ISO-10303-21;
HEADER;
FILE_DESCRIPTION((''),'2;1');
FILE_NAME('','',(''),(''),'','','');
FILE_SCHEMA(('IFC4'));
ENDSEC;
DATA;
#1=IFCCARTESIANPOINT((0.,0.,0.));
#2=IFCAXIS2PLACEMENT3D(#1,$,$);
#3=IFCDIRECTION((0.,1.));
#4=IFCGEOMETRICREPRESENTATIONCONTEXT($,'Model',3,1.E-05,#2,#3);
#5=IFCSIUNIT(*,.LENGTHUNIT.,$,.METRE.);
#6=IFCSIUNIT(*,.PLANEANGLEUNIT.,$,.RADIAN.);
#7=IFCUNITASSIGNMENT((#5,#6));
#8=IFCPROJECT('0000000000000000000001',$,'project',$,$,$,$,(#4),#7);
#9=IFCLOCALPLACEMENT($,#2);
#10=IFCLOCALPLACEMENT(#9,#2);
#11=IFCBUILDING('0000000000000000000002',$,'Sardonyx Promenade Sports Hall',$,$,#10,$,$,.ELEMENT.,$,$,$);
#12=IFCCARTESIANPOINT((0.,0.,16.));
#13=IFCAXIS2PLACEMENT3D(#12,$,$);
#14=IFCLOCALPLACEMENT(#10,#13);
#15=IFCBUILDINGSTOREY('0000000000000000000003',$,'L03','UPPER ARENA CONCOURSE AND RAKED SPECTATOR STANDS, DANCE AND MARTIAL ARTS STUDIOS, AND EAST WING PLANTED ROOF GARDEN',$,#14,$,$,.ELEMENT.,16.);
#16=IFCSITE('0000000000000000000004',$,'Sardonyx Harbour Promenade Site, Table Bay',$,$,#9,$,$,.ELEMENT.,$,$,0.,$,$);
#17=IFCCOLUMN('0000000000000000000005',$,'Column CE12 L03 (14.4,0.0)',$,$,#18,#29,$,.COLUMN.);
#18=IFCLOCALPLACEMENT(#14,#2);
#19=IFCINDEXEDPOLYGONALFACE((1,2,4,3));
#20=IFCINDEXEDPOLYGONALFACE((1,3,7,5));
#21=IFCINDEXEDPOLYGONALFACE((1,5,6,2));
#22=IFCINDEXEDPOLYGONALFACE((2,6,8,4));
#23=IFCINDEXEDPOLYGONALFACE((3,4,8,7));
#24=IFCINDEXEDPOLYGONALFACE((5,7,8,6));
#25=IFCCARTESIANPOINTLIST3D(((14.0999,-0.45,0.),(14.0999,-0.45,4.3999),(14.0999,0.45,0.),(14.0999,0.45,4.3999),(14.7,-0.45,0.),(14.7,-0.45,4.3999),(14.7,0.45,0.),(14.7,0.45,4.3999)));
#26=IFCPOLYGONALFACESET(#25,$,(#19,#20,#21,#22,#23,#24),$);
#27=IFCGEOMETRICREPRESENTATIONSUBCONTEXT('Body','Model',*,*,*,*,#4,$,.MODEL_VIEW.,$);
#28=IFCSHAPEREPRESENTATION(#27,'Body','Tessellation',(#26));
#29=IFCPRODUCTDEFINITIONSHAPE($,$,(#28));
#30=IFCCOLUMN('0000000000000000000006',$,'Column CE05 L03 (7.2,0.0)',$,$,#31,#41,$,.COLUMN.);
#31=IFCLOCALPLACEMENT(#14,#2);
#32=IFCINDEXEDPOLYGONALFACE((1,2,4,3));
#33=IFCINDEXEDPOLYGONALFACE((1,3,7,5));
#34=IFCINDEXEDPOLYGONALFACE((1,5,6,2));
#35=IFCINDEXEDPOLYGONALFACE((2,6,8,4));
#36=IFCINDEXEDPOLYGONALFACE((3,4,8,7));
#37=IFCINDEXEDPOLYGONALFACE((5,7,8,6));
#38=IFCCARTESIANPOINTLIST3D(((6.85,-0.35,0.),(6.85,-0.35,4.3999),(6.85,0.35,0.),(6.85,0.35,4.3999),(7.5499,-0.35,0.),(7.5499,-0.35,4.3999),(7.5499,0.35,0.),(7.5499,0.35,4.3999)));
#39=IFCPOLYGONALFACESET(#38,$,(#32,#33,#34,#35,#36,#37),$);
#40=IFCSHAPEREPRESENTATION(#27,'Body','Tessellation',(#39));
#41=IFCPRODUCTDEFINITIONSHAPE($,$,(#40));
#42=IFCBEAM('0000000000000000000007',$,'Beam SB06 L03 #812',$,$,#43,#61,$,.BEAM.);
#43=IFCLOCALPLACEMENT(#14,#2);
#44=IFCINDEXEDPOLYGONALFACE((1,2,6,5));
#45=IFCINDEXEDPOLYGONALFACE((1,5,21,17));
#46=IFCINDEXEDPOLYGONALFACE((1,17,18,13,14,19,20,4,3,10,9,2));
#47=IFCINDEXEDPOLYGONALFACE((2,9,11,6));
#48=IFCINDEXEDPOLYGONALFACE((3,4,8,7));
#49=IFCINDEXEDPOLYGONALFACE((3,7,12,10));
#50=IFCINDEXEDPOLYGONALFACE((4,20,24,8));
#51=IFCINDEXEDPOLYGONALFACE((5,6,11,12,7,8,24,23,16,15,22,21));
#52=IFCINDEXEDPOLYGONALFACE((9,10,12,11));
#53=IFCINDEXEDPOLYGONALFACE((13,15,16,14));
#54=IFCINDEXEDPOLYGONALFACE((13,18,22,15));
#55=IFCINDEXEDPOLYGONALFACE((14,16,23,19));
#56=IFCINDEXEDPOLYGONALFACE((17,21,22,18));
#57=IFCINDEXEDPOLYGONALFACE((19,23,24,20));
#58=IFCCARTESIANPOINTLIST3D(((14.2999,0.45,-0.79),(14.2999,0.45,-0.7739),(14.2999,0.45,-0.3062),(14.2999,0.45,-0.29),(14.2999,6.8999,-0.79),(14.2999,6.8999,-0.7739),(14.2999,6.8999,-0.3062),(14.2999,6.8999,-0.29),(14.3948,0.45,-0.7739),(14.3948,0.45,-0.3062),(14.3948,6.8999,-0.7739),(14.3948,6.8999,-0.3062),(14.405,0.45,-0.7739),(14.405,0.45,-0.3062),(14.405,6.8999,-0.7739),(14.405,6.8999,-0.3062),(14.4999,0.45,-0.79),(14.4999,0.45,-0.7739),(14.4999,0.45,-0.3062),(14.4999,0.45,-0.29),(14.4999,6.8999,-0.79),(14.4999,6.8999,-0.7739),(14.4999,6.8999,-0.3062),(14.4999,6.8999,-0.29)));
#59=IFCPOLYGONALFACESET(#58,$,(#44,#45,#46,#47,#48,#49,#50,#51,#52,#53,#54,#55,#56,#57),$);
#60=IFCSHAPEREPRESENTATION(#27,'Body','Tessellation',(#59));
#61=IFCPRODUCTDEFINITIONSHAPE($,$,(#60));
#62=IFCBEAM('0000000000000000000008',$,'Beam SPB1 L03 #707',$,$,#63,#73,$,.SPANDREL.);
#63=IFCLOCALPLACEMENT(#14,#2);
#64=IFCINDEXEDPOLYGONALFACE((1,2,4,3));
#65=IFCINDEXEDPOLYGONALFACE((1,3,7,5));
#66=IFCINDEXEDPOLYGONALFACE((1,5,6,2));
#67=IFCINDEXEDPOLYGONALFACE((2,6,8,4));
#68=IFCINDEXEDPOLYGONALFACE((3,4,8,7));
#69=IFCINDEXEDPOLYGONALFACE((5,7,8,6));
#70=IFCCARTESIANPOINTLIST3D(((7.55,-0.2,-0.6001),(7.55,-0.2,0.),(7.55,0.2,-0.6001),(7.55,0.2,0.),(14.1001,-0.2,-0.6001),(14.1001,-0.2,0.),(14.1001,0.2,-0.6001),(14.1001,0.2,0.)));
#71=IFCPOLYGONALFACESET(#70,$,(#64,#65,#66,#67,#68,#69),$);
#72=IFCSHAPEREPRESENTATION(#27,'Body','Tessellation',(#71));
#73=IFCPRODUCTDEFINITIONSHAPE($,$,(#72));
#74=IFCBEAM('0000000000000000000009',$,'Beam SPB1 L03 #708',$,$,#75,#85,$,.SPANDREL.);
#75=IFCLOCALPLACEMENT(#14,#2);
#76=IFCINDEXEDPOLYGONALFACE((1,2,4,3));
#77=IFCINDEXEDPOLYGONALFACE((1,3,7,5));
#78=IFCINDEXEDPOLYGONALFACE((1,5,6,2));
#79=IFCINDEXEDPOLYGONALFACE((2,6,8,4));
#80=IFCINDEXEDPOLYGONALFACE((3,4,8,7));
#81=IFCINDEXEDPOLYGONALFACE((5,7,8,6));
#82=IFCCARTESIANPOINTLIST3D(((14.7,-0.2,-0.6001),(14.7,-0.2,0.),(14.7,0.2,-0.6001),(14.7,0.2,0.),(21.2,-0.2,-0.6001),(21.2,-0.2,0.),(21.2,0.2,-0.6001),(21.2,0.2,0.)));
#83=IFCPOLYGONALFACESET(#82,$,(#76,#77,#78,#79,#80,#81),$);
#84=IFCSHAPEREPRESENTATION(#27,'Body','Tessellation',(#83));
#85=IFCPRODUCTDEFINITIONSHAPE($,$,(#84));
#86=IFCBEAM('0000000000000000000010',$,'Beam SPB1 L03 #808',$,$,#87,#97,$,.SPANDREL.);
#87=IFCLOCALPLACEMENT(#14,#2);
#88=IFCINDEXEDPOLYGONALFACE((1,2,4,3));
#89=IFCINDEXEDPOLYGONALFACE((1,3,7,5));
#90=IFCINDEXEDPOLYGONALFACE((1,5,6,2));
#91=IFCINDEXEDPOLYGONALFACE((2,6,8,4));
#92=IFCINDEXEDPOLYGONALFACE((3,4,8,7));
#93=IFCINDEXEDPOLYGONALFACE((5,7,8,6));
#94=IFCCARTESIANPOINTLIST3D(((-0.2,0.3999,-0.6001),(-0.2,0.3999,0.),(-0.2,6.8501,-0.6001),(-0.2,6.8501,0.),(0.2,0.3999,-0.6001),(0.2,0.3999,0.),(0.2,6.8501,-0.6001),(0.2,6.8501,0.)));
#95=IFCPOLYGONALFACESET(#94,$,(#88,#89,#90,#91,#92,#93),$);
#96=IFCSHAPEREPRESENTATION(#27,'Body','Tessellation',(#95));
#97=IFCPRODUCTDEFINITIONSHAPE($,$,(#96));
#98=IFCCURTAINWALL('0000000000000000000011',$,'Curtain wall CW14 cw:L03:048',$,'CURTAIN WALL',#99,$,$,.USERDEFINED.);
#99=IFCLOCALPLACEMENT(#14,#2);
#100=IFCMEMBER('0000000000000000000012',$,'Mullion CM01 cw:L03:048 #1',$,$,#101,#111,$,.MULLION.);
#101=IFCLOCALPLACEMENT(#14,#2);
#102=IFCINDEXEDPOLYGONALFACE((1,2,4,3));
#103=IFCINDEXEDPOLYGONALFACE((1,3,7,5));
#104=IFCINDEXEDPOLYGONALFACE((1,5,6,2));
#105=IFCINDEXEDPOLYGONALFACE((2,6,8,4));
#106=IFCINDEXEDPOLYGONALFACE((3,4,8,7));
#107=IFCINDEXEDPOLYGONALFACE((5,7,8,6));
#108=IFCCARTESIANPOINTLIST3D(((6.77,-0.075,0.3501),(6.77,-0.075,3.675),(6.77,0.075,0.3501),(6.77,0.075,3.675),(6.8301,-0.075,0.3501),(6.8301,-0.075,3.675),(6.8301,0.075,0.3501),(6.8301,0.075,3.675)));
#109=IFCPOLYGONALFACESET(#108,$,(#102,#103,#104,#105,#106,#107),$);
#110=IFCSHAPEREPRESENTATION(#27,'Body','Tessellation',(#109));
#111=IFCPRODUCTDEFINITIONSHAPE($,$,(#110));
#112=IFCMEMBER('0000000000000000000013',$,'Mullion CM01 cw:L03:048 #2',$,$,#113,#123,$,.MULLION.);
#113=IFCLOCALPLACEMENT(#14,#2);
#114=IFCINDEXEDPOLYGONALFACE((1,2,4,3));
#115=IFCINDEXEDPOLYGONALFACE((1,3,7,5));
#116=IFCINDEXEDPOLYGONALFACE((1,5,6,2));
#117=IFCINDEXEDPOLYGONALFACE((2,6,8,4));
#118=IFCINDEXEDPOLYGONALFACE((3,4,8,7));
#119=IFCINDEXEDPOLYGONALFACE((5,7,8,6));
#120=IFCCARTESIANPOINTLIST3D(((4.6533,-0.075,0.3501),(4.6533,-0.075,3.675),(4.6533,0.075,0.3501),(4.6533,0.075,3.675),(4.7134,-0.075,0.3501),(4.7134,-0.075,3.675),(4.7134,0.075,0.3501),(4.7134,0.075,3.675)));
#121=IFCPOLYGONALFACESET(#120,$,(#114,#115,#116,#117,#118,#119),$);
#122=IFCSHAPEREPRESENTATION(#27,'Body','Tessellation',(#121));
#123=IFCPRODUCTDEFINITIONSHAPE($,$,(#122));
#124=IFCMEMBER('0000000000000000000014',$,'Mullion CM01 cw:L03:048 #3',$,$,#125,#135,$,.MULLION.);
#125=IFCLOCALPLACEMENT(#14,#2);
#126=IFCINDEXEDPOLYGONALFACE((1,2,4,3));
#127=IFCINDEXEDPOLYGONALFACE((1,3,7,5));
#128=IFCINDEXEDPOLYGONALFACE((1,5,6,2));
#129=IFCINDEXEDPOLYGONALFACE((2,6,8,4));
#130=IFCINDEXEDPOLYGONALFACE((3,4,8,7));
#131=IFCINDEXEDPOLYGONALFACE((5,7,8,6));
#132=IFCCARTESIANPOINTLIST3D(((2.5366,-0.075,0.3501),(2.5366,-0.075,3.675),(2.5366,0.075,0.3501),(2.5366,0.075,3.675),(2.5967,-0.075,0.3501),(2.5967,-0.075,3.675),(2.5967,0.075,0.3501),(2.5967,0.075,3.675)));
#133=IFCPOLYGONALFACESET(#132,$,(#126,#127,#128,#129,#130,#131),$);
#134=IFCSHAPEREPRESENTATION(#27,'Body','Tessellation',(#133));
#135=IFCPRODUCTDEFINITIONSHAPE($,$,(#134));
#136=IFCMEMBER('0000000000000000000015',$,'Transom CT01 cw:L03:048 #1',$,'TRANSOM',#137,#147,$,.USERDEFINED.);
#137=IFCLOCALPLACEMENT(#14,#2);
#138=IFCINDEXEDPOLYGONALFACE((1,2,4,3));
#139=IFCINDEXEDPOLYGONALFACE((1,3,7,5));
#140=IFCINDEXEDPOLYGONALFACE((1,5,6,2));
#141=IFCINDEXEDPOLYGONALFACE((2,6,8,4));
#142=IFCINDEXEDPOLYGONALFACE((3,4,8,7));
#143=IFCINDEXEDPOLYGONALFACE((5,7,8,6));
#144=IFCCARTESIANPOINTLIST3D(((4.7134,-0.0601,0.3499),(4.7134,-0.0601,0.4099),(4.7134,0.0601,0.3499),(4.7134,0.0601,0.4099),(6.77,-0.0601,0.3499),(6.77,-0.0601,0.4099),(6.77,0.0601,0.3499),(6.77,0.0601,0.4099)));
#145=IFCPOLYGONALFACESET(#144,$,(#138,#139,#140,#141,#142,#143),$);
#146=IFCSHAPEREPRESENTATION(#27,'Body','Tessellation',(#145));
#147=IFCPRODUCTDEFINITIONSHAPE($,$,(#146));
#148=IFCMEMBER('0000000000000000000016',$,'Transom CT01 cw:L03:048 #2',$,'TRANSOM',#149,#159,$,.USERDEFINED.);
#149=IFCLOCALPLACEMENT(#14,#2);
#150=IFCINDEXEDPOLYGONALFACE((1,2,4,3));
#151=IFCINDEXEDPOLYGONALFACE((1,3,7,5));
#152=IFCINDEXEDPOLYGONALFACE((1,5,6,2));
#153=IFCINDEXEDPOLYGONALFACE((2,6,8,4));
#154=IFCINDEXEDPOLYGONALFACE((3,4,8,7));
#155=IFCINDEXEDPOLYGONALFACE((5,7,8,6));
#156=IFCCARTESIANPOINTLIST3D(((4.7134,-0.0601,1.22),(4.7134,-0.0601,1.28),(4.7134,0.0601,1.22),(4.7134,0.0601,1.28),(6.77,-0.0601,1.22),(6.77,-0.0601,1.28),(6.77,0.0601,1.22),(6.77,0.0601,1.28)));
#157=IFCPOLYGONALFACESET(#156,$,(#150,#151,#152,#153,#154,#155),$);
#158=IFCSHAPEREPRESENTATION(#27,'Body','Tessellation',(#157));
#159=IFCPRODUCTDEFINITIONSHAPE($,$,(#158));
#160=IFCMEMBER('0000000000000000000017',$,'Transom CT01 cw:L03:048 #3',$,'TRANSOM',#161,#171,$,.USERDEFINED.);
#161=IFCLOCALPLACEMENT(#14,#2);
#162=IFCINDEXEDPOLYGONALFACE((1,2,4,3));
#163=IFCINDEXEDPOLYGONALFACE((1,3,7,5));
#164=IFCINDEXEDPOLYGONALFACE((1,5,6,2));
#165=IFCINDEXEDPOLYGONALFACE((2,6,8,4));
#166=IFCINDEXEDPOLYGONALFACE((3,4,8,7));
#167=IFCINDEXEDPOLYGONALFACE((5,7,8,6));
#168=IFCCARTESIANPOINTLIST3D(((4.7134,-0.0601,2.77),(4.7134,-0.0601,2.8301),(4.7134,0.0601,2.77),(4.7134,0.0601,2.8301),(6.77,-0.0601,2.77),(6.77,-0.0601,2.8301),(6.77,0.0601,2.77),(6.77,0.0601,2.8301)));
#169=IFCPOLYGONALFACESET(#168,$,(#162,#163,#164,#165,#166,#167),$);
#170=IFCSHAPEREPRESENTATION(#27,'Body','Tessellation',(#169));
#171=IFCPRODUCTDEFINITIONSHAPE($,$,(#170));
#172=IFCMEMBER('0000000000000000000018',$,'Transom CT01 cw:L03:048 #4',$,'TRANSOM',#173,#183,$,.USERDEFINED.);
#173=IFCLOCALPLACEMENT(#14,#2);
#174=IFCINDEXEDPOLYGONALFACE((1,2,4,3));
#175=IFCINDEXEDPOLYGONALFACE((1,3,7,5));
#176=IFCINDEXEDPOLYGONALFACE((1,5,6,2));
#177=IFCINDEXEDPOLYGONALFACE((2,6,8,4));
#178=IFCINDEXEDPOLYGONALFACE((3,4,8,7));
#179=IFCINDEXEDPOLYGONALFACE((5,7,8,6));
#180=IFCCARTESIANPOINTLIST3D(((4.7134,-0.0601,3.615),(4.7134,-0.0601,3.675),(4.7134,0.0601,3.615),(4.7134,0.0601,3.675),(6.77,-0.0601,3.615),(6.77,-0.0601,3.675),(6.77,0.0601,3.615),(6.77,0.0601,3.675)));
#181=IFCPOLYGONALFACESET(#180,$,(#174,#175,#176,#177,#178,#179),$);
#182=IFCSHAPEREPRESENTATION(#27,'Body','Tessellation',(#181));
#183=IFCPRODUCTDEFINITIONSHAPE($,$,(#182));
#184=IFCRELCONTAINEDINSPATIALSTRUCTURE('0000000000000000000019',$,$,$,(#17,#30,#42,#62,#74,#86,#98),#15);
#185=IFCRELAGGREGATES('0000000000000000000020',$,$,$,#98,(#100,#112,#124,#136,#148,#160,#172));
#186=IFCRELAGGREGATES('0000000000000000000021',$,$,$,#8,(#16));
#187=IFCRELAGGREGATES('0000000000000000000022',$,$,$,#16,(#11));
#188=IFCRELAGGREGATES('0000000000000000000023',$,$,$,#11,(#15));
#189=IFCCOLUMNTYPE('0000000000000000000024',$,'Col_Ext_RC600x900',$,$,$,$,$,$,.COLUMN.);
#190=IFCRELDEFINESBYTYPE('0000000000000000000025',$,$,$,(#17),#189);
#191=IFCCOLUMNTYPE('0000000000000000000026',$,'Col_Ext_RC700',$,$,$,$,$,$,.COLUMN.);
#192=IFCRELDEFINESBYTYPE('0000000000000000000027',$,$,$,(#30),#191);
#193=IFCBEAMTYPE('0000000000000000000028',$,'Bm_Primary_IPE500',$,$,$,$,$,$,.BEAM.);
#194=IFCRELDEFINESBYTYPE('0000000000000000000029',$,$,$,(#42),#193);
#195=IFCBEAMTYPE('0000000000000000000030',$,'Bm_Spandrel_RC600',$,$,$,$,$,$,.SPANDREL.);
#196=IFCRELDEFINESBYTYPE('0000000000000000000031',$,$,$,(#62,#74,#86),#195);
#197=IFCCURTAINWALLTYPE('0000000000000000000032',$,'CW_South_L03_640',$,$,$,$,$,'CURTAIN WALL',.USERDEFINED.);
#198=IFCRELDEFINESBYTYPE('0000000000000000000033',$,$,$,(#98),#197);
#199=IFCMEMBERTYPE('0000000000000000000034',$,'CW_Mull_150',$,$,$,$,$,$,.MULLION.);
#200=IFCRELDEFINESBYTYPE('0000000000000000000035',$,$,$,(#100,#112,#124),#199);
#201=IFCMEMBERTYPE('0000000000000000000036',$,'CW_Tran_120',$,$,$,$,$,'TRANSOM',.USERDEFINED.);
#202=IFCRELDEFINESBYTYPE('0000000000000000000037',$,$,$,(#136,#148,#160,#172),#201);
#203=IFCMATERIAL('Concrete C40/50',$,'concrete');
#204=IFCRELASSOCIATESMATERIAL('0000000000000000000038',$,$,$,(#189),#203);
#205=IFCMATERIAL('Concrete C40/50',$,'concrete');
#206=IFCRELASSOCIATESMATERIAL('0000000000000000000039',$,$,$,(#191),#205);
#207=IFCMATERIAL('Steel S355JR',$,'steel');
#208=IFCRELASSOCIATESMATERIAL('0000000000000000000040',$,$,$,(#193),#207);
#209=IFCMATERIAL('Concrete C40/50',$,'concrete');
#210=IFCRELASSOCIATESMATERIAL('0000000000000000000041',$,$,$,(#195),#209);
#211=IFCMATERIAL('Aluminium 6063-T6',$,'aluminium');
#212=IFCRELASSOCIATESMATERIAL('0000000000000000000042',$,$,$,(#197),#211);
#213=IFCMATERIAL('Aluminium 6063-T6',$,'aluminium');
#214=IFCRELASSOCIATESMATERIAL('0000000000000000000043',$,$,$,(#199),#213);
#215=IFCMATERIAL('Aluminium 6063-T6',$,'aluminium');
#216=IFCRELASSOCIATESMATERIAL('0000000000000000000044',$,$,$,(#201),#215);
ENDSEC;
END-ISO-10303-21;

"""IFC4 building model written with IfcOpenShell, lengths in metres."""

from ifc_helpers import new_model, si_unit, direction, frame, origin, origin_2d, place, context, subcontext, project, spatial, rectangle, i_section, extrude, material, material_profile, profile_set, type_object, element, aggregate, save


model = new_model("IFC4")

# Units and contexts
model_context = context("Model", 3, precision=1e-05, world=origin(), true_north=direction((0.0, 1.0)))
body_context = subcontext(model_context, "Body", "Model", "MODEL_VIEW")
ifc_project = project(units=[si_unit("LENGTHUNIT", "METRE"), si_unit("PLANEANGLEUNIT", "RADIAN")], contexts=[model_context])

# Site, building, storey
site_placement = place(None, origin())
site = spatial("IfcSite", under=ifc_project, at=site_placement, Name="Sardonyx Harbour Promenade Site, Table Bay", CompositionType="ELEMENT", RefElevation=0.0)
building_placement = place(site_placement, origin())
building = spatial("IfcBuilding", under=site, at=building_placement, Name="Sardonyx Promenade Sports Hall", CompositionType="ELEMENT")
storey_placement = place(building_placement, frame((0.0, 0.0, 16.0)))
storey = spatial("IfcBuildingStorey", under=building, at=storey_placement, Name="L03", Description="UPPER ARENA CONCOURSE AND RAKED SPECTATOR STANDS, DANCE AND MARTIAL ARTS STUDIOS, AND EAST WING PLANTED ROOF GARDEN", CompositionType="ELEMENT", Elevation=16.0)

# Columns
ifc_material_1 = material(Name="Concrete C40/50", Category="concrete")
ifc_material_profile_1 = material_profile(ifc_material_1, rectangle(XDim=0.6001, YDim=0.8999, at=origin_2d()))
ifc_profile_set_1 = profile_set([ifc_material_profile_1], Name="Concrete C40/50")
column_type_1 = type_object("IfcColumnType", Name="Col_Ext_RC600x900", PredefinedType="COLUMN", material=ifc_profile_set_1)
column_1_placement = place(storey_placement, frame((14.3999, 0.0, 0.0), z_axis=(0.0, 0.0, 1.0), x_axis=(1.0, 0.0, 0.0)))
element("IfcColumn", 1, at=column_1_placement, inside=storey, type_object=column_type_1, Name="Column CE12 L03 (14.4,0.0)", PredefinedType="COLUMN", context=body_context, shape_type="SweptSolid", body=[
    extrude(rectangle(XDim=0.6001, YDim=0.8999, at=origin_2d()), origin(), (0.0, 0.0, 1.0), 4.3999),
])
ifc_material_2 = material(Name="Concrete C40/50", Category="concrete")
ifc_material_profile_2 = material_profile(ifc_material_2, rectangle(XDim=0.7, YDim=0.7, at=origin_2d()))
ifc_profile_set_2 = profile_set([ifc_material_profile_2], Name="Concrete C40/50")
column_type_2 = type_object("IfcColumnType", Name="Col_Ext_RC700", PredefinedType="COLUMN", material=ifc_profile_set_2)
column_2_placement = place(storey_placement, frame((7.2, 0.0, 0.0), z_axis=(0.0, 0.0, 1.0), x_axis=(1.0, 0.0, 0.0)))
element("IfcColumn", 2, at=column_2_placement, inside=storey, type_object=column_type_2, Name="Column CE05 L03 (7.2,0.0)", PredefinedType="COLUMN", context=body_context, shape_type="SweptSolid", body=[
    extrude(rectangle(XDim=0.7, YDim=0.7, at=origin_2d()), origin(), (0.0, 0.0, 1.0), 4.3999),
])

# Beams
ifc_material_3 = material(Name="Steel S355JR", Category="steel")
ifc_material_profile_3 = material_profile(ifc_material_3, i_section(OverallWidth=0.2, OverallDepth=0.5, WebThickness=0.0103, FlangeThickness=0.0161, at=origin_2d()))
ifc_profile_set_3 = profile_set([ifc_material_profile_3], Name="Steel S355JR")
beam_type_1 = type_object("IfcBeamType", Name="Bm_Primary_IPE500", PredefinedType="BEAM", material=ifc_profile_set_3)
beam_1_placement = place(storey_placement, frame((14.3999, 0.45, -0.54), z_axis=(0.0, 1.0, 0.0), x_axis=(-1.0, 0.0, 0.0)))
element("IfcBeam", 3, at=beam_1_placement, inside=storey, type_object=beam_type_1, Name="Beam SB06 L03 #812", PredefinedType="BEAM", context=body_context, shape_type="SweptSolid", body=[
    extrude(i_section(OverallWidth=0.2, OverallDepth=0.5, WebThickness=0.0103, FlangeThickness=0.0161, at=origin_2d()), origin(), (0.0, 0.0, 1.0), 6.45),
])
ifc_material_4 = material(Name="Concrete C40/50", Category="concrete")
ifc_material_profile_4 = material_profile(ifc_material_4, rectangle(XDim=0.3999, YDim=0.6001, at=origin_2d()))
ifc_profile_set_4 = profile_set([ifc_material_profile_4], Name="Concrete C40/50")
beam_type_2 = type_object("IfcBeamType", Name="Bm_Spandrel_RC600", PredefinedType="SPANDREL", material=ifc_profile_set_4)
beam_2_placement = place(storey_placement, frame((7.55, 0.0, -0.3), z_axis=(1.0, 0.0, 0.0), x_axis=(0.0, 1.0, 0.0)))
element("IfcBeam", 4, at=beam_2_placement, inside=storey, type_object=beam_type_2, Name="Beam SPB1 L03 #707", PredefinedType="SPANDREL", context=body_context, shape_type="SweptSolid", body=[
    extrude(rectangle(XDim=0.3999, YDim=0.6001, at=origin_2d()), origin(), (0.0, 0.0, 1.0), 6.55),
])
beam_3_placement = place(storey_placement, frame((14.7, 0.0, -0.3), z_axis=(1.0, 0.0, 0.0), x_axis=(0.0, 1.0, 0.0)))
element("IfcBeam", 5, at=beam_3_placement, inside=storey, type_object=beam_type_2, Name="Beam SPB1 L03 #708", PredefinedType="SPANDREL", context=body_context, shape_type="SweptSolid", body=[
    extrude(rectangle(XDim=0.3999, YDim=0.6001, at=origin_2d()), origin(), (0.0, 0.0, 1.0), 6.5),
])
beam_4_placement = place(storey_placement, frame((0.0, 0.3999, -0.3), z_axis=(0.0, 1.0, 0.0), x_axis=(-1.0, 0.0, 0.0)))
element("IfcBeam", 6, at=beam_4_placement, inside=storey, type_object=beam_type_2, Name="Beam SPB1 L03 #808", PredefinedType="SPANDREL", context=body_context, shape_type="SweptSolid", body=[
    extrude(rectangle(XDim=0.3999, YDim=0.6001, at=origin_2d()), origin(), (0.0, 0.0, 1.0), 6.4502),
])

# Curtain wall, members
ifc_material_5 = material(Name="Aluminium 6063-T6", Category="aluminium")
curtain_wall_type = type_object("IfcCurtainWallType", Name="CW_South_L03_640", ElementType="CURTAIN WALL", PredefinedType="USERDEFINED", material=ifc_material_5)
curtain_wall_placement = place(storey_placement, origin())
curtain_wall = element("IfcCurtainWall", 7, at=curtain_wall_placement, inside=storey, type_object=curtain_wall_type, Name="Curtain wall CW14 cw:L03:048", ObjectType="CURTAIN WALL", PredefinedType="USERDEFINED")
ifc_material_6 = material(Name="Aluminium 6063-T6", Category="aluminium")
ifc_material_profile_5 = material_profile(ifc_material_6, rectangle(XDim=0.0601, YDim=0.1499, at=origin_2d()))
ifc_profile_set_5 = profile_set([ifc_material_profile_5], Name="Aluminium 6063-T6")
member_type_1 = type_object("IfcMemberType", Name="CW_Mull_150", PredefinedType="MULLION", material=ifc_profile_set_5)
member_1_placement = place(storey_placement, frame((6.8, 0.0, 0.3501), z_axis=(0.0, 0.0, 1.0), x_axis=(-1.0, 0.0, 0.0)))
member_1 = element("IfcMember", 8, at=member_1_placement, type_object=member_type_1, Name="Mullion CM01 cw:L03:048 #1", PredefinedType="MULLION", context=body_context, shape_type="SweptSolid", body=[
    extrude(rectangle(XDim=0.0601, YDim=0.1499, at=origin_2d()), origin(), (0.0, 0.0, 1.0), 3.325),
])
member_2_placement = place(storey_placement, frame((4.6833, 0.0, 0.3501), z_axis=(0.0, 0.0, 1.0), x_axis=(-1.0, 0.0, 0.0)))
member_2 = element("IfcMember", 9, at=member_2_placement, type_object=member_type_1, Name="Mullion CM01 cw:L03:048 #2", PredefinedType="MULLION", context=body_context, shape_type="SweptSolid", body=[
    extrude(rectangle(XDim=0.0601, YDim=0.1499, at=origin_2d()), origin(), (0.0, 0.0, 1.0), 3.325),
])
member_3_placement = place(storey_placement, frame((2.5667, 0.0, 0.3501), z_axis=(0.0, 0.0, 1.0), x_axis=(-1.0, 0.0, 0.0)))
member_3 = element("IfcMember", 10, at=member_3_placement, type_object=member_type_1, Name="Mullion CM01 cw:L03:048 #3", PredefinedType="MULLION", context=body_context, shape_type="SweptSolid", body=[
    extrude(rectangle(XDim=0.0601, YDim=0.1499, at=origin_2d()), origin(), (0.0, 0.0, 1.0), 3.325),
])
ifc_material_7 = material(Name="Aluminium 6063-T6", Category="aluminium")
ifc_material_profile_6 = material_profile(ifc_material_7, rectangle(XDim=0.0601, YDim=0.1201, at=origin_2d()))
ifc_profile_set_6 = profile_set([ifc_material_profile_6], Name="Aluminium 6063-T6")
member_type_2 = type_object("IfcMemberType", Name="CW_Tran_120", ElementType="TRANSOM", PredefinedType="USERDEFINED", material=ifc_profile_set_6)
member_4_placement = place(storey_placement, frame((6.77, 0.0, 0.3799), z_axis=(-1.0, 0.0, 0.0), x_axis=(0.0, 0.0, 1.0)))
member_4 = element("IfcMember", 11, at=member_4_placement, type_object=member_type_2, Name="Transom CT01 cw:L03:048 #1", ObjectType="TRANSOM", PredefinedType="USERDEFINED", context=body_context, shape_type="SweptSolid", body=[
    extrude(rectangle(XDim=0.0601, YDim=0.1201, at=origin_2d()), origin(), (0.0, 0.0, 1.0), 2.0566),
])
member_5_placement = place(storey_placement, frame((6.77, 0.0, 1.25), z_axis=(-1.0, 0.0, 0.0), x_axis=(0.0, 0.0, 1.0)))
member_5 = element("IfcMember", 12, at=member_5_placement, type_object=member_type_2, Name="Transom CT01 cw:L03:048 #2", ObjectType="TRANSOM", PredefinedType="USERDEFINED", context=body_context, shape_type="SweptSolid", body=[
    extrude(rectangle(XDim=0.0601, YDim=0.1201, at=origin_2d()), origin(), (0.0, 0.0, 1.0), 2.0566),
])
member_6_placement = place(storey_placement, frame((6.77, 0.0, 2.8), z_axis=(-1.0, 0.0, 0.0), x_axis=(0.0, 0.0, 1.0)))
member_6 = element("IfcMember", 13, at=member_6_placement, type_object=member_type_2, Name="Transom CT01 cw:L03:048 #3", ObjectType="TRANSOM", PredefinedType="USERDEFINED", context=body_context, shape_type="SweptSolid", body=[
    extrude(rectangle(XDim=0.0601, YDim=0.1201, at=origin_2d()), origin(), (0.0, 0.0, 1.0), 2.0566),
])
member_7_placement = place(storey_placement, frame((6.77, 0.0, 3.645), z_axis=(-1.0, 0.0, 0.0), x_axis=(0.0, 0.0, 1.0)))
member_7 = element("IfcMember", 14, at=member_7_placement, type_object=member_type_2, Name="Transom CT01 cw:L03:048 #4", ObjectType="TRANSOM", PredefinedType="USERDEFINED", context=body_context, shape_type="SweptSolid", body=[
    extrude(rectangle(XDim=0.0601, YDim=0.1201, at=origin_2d()), origin(), (0.0, 0.0, 1.0), 2.0566),
])
aggregate(curtain_wall, [member_1, member_2, member_3, member_4, member_5, member_6, member_7])

save(model, "model.ifc")
